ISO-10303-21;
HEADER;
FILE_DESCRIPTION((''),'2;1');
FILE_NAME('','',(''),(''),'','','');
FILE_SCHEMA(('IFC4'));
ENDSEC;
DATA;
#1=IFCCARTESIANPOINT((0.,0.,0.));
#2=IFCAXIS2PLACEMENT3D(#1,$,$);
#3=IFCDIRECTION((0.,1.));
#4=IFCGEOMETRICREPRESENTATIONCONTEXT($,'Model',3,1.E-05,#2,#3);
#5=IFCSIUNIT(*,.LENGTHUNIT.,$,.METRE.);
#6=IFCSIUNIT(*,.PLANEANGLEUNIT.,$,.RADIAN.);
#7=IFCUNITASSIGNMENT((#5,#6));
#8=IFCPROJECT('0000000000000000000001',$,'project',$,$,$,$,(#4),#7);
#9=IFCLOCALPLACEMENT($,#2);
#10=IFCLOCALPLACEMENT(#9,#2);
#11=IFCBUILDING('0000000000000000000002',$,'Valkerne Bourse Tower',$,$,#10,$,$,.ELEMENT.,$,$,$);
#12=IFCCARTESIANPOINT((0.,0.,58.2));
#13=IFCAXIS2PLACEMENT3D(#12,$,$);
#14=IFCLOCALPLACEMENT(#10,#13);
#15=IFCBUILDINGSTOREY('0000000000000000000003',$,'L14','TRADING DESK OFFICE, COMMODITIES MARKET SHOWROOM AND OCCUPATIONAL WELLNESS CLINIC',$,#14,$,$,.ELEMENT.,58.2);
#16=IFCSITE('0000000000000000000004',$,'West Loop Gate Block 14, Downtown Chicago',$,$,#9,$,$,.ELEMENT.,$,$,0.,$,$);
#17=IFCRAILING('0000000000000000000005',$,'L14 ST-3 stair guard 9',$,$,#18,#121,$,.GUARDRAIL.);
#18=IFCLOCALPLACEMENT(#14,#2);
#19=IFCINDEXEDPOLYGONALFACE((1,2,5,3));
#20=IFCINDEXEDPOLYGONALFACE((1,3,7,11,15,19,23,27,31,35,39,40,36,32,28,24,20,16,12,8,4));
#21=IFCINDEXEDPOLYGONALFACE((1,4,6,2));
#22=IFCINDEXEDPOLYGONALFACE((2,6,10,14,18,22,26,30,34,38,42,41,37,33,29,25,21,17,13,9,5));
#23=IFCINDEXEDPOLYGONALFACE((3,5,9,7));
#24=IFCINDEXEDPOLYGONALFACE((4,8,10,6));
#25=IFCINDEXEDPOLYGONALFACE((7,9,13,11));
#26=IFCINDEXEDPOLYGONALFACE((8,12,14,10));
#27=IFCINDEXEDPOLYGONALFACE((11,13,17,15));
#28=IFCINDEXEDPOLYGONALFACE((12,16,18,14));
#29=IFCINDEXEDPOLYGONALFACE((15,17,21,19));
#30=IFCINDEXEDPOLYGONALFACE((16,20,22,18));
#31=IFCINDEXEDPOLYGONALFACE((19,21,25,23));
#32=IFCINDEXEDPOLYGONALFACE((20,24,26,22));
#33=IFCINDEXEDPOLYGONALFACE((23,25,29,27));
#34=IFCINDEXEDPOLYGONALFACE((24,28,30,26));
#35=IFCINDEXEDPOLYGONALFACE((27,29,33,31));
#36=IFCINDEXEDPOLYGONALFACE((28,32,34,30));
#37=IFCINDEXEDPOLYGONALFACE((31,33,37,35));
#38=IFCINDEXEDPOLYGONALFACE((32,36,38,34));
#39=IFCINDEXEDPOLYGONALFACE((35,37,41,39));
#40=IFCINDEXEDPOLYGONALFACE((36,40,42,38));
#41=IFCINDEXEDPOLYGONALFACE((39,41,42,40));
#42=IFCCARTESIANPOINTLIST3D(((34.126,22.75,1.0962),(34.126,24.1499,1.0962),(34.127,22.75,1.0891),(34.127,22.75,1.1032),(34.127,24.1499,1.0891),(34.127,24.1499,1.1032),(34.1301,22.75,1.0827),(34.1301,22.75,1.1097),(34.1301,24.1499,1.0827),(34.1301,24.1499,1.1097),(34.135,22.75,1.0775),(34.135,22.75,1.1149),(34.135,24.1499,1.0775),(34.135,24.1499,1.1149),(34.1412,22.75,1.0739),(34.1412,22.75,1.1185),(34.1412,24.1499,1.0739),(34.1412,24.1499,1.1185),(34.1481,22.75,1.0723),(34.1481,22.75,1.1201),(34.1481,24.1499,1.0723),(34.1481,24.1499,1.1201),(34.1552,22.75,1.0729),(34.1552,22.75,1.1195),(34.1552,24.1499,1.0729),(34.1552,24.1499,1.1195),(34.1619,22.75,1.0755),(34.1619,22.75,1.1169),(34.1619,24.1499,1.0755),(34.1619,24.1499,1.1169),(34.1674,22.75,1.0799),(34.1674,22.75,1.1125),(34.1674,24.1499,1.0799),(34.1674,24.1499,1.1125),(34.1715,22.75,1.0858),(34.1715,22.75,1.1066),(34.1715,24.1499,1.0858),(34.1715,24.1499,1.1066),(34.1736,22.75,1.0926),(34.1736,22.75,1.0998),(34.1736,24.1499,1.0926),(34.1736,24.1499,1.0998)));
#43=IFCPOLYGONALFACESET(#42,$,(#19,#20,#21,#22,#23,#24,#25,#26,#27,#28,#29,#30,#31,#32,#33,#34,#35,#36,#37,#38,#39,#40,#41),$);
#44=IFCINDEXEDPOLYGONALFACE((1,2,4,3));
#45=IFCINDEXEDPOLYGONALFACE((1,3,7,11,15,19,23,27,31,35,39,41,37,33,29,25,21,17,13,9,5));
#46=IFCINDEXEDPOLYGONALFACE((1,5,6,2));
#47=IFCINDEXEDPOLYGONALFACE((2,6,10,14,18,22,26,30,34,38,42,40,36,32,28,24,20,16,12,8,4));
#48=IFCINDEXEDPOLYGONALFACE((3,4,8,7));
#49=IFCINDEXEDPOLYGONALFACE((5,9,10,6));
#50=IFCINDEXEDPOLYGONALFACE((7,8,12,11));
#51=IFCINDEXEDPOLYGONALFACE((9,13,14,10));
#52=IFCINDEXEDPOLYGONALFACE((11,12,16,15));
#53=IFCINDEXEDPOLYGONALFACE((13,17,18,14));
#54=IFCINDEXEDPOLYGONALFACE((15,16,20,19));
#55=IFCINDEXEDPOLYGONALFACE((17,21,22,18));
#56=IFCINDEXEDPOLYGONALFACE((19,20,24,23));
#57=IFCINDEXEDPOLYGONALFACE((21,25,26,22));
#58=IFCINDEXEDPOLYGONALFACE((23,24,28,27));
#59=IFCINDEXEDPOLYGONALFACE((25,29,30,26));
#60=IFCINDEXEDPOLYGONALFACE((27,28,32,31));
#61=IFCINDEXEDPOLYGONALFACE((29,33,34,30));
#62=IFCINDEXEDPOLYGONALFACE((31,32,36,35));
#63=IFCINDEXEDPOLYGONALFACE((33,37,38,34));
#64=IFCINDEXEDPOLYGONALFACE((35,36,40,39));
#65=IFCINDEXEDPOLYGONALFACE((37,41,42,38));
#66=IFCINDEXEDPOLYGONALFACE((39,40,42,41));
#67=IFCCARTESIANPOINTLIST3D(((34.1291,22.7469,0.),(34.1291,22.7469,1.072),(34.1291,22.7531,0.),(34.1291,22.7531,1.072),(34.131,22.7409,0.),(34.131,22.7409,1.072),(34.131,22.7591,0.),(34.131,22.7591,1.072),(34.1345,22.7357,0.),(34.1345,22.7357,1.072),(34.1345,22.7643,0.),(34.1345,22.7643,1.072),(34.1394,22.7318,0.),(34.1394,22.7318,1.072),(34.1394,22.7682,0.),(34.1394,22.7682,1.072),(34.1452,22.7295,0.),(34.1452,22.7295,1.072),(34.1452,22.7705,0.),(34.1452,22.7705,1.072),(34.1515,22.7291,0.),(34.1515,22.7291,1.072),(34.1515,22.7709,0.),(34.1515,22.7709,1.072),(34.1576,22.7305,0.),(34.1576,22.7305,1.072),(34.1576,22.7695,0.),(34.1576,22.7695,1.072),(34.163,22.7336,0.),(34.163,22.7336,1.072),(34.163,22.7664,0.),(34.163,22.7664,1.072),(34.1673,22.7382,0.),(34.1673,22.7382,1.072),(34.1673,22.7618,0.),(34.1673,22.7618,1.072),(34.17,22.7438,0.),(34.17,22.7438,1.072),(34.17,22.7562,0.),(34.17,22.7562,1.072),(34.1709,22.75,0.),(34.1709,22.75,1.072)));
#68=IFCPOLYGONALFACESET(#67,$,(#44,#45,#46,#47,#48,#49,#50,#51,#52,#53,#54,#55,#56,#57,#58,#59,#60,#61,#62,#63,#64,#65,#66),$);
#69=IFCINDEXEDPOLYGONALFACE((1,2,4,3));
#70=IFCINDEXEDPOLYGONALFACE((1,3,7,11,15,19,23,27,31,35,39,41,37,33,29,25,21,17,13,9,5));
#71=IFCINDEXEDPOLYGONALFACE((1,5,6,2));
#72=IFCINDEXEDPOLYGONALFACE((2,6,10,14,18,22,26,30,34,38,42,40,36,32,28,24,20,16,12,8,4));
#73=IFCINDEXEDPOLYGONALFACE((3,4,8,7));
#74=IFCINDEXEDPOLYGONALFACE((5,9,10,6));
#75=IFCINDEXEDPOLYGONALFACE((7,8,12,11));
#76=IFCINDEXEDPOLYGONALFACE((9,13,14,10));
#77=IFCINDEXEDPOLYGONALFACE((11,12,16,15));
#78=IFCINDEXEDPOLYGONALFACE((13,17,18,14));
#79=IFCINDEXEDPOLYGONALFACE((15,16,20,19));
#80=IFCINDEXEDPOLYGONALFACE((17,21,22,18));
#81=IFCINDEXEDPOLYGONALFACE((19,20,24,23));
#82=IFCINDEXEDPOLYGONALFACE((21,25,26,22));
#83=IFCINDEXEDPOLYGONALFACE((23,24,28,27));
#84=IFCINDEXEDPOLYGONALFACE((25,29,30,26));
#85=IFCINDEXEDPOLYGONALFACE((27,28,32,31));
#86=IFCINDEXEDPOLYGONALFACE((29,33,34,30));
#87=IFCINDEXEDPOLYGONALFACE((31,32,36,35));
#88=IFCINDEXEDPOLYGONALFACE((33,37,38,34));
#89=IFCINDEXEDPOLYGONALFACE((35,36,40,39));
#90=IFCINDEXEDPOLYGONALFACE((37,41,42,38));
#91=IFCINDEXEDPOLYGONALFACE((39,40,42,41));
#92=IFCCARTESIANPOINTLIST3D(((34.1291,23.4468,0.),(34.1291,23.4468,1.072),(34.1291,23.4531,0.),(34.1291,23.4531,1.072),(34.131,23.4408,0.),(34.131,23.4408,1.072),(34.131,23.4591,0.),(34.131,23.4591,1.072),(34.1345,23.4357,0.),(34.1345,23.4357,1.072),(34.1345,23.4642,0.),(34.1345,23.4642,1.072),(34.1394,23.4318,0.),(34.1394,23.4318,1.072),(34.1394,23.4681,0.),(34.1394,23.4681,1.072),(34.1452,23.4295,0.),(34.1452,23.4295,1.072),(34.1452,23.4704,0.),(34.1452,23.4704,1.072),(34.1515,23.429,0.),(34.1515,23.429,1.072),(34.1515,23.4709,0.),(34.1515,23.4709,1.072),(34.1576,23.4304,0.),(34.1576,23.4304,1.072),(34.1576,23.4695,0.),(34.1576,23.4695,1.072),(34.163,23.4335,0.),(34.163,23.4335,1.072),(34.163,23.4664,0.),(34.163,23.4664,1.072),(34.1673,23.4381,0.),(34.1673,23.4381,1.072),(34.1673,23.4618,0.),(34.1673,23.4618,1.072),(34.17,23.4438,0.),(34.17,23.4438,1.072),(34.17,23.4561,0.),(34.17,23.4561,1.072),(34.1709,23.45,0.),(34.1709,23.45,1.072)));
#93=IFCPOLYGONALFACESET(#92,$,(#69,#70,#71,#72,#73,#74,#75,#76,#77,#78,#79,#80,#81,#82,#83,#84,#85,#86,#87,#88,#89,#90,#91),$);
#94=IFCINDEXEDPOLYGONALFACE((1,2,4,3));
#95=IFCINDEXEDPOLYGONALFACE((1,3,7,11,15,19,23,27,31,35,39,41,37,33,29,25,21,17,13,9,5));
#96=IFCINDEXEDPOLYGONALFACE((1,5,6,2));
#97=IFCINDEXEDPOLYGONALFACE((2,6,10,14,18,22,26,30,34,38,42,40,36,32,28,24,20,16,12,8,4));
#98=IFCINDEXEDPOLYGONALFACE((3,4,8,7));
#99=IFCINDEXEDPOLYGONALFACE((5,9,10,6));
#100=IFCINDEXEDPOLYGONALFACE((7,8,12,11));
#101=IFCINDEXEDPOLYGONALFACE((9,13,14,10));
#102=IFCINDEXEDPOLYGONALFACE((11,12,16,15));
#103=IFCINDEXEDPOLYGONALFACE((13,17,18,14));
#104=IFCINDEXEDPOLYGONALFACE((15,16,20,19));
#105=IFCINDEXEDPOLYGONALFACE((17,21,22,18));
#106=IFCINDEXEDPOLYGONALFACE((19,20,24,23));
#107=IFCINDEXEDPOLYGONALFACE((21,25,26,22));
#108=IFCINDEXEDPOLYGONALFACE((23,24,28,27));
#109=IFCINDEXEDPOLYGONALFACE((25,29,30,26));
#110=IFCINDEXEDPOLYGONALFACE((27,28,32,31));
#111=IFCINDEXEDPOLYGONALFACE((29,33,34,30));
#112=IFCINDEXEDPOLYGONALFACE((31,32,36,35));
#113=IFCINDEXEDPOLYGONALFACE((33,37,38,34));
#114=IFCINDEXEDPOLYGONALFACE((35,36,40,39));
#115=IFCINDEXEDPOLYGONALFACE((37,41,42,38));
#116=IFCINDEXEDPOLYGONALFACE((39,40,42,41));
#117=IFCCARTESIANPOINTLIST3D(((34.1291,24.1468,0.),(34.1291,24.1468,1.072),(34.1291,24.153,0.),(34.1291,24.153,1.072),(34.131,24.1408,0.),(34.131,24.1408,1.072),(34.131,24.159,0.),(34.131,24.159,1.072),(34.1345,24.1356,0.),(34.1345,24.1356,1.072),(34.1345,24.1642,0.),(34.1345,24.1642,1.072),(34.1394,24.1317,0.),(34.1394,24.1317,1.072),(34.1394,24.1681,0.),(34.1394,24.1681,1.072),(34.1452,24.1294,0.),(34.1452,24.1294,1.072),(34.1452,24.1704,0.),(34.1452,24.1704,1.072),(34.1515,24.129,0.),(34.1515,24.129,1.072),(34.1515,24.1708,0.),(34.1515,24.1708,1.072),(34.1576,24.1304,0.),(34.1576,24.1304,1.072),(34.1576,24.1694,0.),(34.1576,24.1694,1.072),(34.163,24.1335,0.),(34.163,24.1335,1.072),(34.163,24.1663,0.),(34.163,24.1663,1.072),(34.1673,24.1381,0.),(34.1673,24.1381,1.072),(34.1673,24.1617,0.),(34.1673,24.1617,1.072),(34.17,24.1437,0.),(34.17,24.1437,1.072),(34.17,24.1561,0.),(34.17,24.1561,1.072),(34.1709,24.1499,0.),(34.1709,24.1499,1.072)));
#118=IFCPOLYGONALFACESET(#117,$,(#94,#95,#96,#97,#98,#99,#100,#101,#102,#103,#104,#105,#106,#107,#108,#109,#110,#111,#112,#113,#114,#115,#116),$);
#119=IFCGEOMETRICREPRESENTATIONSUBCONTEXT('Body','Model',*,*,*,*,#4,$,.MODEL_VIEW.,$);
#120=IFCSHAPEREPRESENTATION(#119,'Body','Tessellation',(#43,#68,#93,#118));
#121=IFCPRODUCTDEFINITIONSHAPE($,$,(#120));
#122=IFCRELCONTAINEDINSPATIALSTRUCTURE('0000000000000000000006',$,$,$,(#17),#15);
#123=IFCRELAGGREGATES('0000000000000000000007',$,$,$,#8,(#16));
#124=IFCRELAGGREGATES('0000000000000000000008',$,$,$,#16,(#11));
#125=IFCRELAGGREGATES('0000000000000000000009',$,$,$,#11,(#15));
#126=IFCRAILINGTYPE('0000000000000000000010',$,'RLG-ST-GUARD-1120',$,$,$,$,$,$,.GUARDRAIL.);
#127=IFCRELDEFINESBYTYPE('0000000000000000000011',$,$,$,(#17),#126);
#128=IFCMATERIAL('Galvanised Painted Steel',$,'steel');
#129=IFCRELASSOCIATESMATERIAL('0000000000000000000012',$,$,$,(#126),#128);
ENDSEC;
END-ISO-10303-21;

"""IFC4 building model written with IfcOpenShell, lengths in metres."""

from ifc_helpers import new_model, si_unit, direction, frame, origin, origin_2d, place, context, subcontext, project, spatial, circle, extrude, material, type_object, element, save


model = new_model("IFC4")

# Units and contexts
model_context = context("Model", 3, precision=1e-05, world=origin(), true_north=direction((0.0, 1.0)))
body_context = subcontext(model_context, "Body", "Model", "MODEL_VIEW")
ifc_project = project(units=[si_unit("LENGTHUNIT", "METRE"), si_unit("PLANEANGLEUNIT", "RADIAN")], contexts=[model_context])

# Site, building, storey
site_placement = place(None, origin())
site = spatial("IfcSite", under=ifc_project, at=site_placement, Name="West Loop Gate Block 14, Downtown Chicago", CompositionType="ELEMENT", RefElevation=0.0)
building_placement = place(site_placement, origin())
building = spatial("IfcBuilding", under=site, at=building_placement, Name="Valkerne Bourse Tower", CompositionType="ELEMENT")
storey_placement = place(building_placement, frame((0.0, 0.0, 58.2)))
storey = spatial("IfcBuildingStorey", under=building, at=storey_placement, Name="L14", Description="TRADING DESK OFFICE, COMMODITIES MARKET SHOWROOM AND OCCUPATIONAL WELLNESS CLINIC", CompositionType="ELEMENT", Elevation=58.2)

# Shared definitions
ifc_material_1 = material(Name="Galvanised Painted Steel", Category="steel")

# Railing
railing_type = type_object("IfcRailingType", Name="RLG-ST-GUARD-1120", PredefinedType="GUARDRAIL", material=ifc_material_1)
for number, where, name in (
    (1, (34.1499, 22.75, 0.0), "L14 ST-3 stair guard 9"),
):
    element("IfcRailing", number, at=place(storey_placement, frame(where)), inside=storey, type_object=railing_type, Name=name, PredefinedType="GUARDRAIL", context=body_context, shape_type="SweptSolid", body=[
        extrude(circle(Radius=0.0239, at=origin_2d()), frame((0.0, 0.0, 1.0962), z_axis=(0.0, 1.0, 0.0), x_axis=(-1.0, 0.0, 0.0)), (0.0, 0.0, 1.0), 1.3999),
        extrude(circle(Radius=0.021, at=origin_2d()), origin(), (0.0, 0.0, 1.0), 1.072),
        extrude(circle(Radius=0.021, at=origin_2d()), frame((0.0, 0.7, 0.0)), (0.0, 0.0, 1.0), 1.072),
        extrude(circle(Radius=0.021, at=origin_2d()), frame((0.0, 1.3999, 0.0)), (0.0, 0.0, 1.0), 1.072),
    ])

save(model, "model.ifc")
